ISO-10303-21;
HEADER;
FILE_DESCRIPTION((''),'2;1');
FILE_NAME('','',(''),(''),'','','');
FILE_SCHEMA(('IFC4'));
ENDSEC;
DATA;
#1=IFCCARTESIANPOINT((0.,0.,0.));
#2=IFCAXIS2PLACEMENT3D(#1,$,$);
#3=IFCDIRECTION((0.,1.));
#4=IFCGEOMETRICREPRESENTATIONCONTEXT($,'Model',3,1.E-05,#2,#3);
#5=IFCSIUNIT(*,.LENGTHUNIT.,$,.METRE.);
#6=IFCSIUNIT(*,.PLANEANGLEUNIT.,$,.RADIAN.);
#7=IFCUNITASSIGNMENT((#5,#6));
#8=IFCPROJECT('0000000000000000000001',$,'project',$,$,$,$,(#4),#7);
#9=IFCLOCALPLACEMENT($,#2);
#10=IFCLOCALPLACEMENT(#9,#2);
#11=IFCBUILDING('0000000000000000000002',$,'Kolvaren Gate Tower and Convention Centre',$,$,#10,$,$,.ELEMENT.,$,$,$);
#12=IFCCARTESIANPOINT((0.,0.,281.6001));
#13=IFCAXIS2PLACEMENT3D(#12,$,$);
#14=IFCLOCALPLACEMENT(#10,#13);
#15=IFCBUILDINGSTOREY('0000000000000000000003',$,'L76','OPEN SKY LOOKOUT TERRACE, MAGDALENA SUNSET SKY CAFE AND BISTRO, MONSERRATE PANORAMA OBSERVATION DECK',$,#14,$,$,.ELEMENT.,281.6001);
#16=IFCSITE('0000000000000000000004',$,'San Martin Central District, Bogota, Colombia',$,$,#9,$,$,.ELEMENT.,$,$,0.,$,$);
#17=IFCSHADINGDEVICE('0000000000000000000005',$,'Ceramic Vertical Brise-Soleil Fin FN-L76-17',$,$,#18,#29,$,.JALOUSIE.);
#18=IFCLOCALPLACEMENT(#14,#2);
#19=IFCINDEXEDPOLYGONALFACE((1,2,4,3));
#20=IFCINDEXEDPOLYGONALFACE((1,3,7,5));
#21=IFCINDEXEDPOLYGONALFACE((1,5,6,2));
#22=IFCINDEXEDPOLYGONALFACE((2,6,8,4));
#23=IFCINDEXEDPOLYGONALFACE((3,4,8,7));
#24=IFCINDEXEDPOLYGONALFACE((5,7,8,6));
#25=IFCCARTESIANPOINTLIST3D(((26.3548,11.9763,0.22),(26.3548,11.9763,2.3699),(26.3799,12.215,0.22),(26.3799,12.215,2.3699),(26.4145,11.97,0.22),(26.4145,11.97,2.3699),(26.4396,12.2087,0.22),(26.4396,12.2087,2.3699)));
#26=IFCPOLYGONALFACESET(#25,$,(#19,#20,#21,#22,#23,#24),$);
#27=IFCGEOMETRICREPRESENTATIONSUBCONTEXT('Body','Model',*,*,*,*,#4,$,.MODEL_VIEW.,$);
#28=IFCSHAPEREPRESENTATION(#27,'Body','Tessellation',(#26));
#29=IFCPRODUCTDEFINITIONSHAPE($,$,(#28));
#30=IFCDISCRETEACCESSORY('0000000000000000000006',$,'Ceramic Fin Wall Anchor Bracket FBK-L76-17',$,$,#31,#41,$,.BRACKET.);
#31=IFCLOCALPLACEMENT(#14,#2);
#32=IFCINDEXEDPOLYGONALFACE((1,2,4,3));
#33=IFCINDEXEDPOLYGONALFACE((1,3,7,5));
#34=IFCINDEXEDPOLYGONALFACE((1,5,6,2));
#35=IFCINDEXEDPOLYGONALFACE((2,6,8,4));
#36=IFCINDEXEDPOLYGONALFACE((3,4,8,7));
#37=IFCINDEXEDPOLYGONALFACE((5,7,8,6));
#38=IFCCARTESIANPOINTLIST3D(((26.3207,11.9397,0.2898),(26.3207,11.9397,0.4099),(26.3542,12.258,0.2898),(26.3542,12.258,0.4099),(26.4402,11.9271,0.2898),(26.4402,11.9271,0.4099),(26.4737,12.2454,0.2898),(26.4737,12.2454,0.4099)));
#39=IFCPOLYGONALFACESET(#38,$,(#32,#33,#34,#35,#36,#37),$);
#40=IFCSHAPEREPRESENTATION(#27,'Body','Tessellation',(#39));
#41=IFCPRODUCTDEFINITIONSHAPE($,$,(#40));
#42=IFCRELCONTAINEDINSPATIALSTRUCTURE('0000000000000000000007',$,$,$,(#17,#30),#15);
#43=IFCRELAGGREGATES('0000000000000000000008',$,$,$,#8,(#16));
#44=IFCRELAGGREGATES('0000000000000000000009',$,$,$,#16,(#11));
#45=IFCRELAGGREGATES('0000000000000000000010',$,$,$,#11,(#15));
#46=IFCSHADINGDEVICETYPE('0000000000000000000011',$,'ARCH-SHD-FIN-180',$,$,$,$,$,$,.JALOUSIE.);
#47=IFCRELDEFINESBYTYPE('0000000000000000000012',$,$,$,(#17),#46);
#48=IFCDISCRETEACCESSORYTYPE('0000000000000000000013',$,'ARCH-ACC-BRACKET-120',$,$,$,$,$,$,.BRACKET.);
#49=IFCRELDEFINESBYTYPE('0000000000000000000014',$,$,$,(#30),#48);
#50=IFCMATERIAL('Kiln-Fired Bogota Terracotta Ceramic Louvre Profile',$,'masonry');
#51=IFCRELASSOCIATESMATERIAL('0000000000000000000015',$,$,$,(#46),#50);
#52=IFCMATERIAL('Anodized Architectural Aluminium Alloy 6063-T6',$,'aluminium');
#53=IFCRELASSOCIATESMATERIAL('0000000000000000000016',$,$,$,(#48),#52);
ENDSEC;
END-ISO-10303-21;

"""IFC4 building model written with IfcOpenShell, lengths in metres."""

from ifc_helpers import new_model, si_unit, direction, frame, origin, origin_2d, place, context, subcontext, project, spatial, rectangle, extrude, material, type_object, element, save


model = new_model("IFC4")

# Units and contexts
model_context = context("Model", 3, precision=1e-05, world=origin(), true_north=direction((0.0, 1.0)))
body_context = subcontext(model_context, "Body", "Model", "MODEL_VIEW")
ifc_project = project(units=[si_unit("LENGTHUNIT", "METRE"), si_unit("PLANEANGLEUNIT", "RADIAN")], contexts=[model_context])

# Site, building, storey
site_placement = place(None, origin())
site = spatial("IfcSite", under=ifc_project, at=site_placement, Name="San Martin Central District, Bogota, Colombia", CompositionType="ELEMENT", RefElevation=0.0)
building_placement = place(site_placement, origin())
building = spatial("IfcBuilding", under=site, at=building_placement, Name="Kolvaren Gate Tower and Convention Centre", CompositionType="ELEMENT")
storey_placement = place(building_placement, frame((0.0, 0.0, 281.6001)))
storey = spatial("IfcBuildingStorey", under=building, at=storey_placement, Name="L76", Description="OPEN SKY LOOKOUT TERRACE, MAGDALENA SUNSET SKY CAFE AND BISTRO, MONSERRATE PANORAMA OBSERVATION DECK", CompositionType="ELEMENT", Elevation=281.6001)

# Shared definitions
ifc_material_1 = material(Name="Anodized Architectural Aluminium Alloy 6063-T6", Category="aluminium")

# Shading device
ifc_material_2 = material(Name="Kiln-Fired Bogota Terracotta Ceramic Louvre Profile", Category="masonry")
shading_device_type = type_object("IfcShadingDeviceType", Name="ARCH-SHD-FIN-180", PredefinedType="JALOUSIE", material=ifc_material_2)
shading_device_placement = place(storey_placement, frame((26.3972, 12.0925, 0.22), z_axis=(0.0, 0.0, 1.0), x_axis=(0.9945, -0.104737, 0.0)))
element("IfcShadingDevice", 1, at=shading_device_placement, inside=storey, type_object=shading_device_type, Name="Ceramic Vertical Brise-Soleil Fin FN-L76-17", PredefinedType="JALOUSIE", context=body_context, shape_type="SweptSolid", body=[
    extrude(rectangle(XDim=0.0601, YDim=0.24, at=origin_2d()), origin(), (0.0, 0.0, 1.0), 2.1499),
])

# Discrete accessory
discrete_accessory_type = type_object("IfcDiscreteAccessoryType", Name="ARCH-ACC-BRACKET-120", PredefinedType="BRACKET", material=ifc_material_1)
discrete_accessory_placement = place(storey_placement, frame((26.3972, 12.0925, 0.2898), z_axis=(0.0, 0.0, 1.0), x_axis=(0.9945, -0.104737, 0.0)))
element("IfcDiscreteAccessory", 2, at=discrete_accessory_placement, inside=storey, type_object=discrete_accessory_type, Name="Ceramic Fin Wall Anchor Bracket FBK-L76-17", PredefinedType="BRACKET", context=body_context, shape_type="SweptSolid", body=[
    extrude(rectangle(XDim=0.1201, YDim=0.3201, at=origin_2d()), origin(), (0.0, 0.0, 1.0), 0.1201),
])

save(model, "model.ifc")
